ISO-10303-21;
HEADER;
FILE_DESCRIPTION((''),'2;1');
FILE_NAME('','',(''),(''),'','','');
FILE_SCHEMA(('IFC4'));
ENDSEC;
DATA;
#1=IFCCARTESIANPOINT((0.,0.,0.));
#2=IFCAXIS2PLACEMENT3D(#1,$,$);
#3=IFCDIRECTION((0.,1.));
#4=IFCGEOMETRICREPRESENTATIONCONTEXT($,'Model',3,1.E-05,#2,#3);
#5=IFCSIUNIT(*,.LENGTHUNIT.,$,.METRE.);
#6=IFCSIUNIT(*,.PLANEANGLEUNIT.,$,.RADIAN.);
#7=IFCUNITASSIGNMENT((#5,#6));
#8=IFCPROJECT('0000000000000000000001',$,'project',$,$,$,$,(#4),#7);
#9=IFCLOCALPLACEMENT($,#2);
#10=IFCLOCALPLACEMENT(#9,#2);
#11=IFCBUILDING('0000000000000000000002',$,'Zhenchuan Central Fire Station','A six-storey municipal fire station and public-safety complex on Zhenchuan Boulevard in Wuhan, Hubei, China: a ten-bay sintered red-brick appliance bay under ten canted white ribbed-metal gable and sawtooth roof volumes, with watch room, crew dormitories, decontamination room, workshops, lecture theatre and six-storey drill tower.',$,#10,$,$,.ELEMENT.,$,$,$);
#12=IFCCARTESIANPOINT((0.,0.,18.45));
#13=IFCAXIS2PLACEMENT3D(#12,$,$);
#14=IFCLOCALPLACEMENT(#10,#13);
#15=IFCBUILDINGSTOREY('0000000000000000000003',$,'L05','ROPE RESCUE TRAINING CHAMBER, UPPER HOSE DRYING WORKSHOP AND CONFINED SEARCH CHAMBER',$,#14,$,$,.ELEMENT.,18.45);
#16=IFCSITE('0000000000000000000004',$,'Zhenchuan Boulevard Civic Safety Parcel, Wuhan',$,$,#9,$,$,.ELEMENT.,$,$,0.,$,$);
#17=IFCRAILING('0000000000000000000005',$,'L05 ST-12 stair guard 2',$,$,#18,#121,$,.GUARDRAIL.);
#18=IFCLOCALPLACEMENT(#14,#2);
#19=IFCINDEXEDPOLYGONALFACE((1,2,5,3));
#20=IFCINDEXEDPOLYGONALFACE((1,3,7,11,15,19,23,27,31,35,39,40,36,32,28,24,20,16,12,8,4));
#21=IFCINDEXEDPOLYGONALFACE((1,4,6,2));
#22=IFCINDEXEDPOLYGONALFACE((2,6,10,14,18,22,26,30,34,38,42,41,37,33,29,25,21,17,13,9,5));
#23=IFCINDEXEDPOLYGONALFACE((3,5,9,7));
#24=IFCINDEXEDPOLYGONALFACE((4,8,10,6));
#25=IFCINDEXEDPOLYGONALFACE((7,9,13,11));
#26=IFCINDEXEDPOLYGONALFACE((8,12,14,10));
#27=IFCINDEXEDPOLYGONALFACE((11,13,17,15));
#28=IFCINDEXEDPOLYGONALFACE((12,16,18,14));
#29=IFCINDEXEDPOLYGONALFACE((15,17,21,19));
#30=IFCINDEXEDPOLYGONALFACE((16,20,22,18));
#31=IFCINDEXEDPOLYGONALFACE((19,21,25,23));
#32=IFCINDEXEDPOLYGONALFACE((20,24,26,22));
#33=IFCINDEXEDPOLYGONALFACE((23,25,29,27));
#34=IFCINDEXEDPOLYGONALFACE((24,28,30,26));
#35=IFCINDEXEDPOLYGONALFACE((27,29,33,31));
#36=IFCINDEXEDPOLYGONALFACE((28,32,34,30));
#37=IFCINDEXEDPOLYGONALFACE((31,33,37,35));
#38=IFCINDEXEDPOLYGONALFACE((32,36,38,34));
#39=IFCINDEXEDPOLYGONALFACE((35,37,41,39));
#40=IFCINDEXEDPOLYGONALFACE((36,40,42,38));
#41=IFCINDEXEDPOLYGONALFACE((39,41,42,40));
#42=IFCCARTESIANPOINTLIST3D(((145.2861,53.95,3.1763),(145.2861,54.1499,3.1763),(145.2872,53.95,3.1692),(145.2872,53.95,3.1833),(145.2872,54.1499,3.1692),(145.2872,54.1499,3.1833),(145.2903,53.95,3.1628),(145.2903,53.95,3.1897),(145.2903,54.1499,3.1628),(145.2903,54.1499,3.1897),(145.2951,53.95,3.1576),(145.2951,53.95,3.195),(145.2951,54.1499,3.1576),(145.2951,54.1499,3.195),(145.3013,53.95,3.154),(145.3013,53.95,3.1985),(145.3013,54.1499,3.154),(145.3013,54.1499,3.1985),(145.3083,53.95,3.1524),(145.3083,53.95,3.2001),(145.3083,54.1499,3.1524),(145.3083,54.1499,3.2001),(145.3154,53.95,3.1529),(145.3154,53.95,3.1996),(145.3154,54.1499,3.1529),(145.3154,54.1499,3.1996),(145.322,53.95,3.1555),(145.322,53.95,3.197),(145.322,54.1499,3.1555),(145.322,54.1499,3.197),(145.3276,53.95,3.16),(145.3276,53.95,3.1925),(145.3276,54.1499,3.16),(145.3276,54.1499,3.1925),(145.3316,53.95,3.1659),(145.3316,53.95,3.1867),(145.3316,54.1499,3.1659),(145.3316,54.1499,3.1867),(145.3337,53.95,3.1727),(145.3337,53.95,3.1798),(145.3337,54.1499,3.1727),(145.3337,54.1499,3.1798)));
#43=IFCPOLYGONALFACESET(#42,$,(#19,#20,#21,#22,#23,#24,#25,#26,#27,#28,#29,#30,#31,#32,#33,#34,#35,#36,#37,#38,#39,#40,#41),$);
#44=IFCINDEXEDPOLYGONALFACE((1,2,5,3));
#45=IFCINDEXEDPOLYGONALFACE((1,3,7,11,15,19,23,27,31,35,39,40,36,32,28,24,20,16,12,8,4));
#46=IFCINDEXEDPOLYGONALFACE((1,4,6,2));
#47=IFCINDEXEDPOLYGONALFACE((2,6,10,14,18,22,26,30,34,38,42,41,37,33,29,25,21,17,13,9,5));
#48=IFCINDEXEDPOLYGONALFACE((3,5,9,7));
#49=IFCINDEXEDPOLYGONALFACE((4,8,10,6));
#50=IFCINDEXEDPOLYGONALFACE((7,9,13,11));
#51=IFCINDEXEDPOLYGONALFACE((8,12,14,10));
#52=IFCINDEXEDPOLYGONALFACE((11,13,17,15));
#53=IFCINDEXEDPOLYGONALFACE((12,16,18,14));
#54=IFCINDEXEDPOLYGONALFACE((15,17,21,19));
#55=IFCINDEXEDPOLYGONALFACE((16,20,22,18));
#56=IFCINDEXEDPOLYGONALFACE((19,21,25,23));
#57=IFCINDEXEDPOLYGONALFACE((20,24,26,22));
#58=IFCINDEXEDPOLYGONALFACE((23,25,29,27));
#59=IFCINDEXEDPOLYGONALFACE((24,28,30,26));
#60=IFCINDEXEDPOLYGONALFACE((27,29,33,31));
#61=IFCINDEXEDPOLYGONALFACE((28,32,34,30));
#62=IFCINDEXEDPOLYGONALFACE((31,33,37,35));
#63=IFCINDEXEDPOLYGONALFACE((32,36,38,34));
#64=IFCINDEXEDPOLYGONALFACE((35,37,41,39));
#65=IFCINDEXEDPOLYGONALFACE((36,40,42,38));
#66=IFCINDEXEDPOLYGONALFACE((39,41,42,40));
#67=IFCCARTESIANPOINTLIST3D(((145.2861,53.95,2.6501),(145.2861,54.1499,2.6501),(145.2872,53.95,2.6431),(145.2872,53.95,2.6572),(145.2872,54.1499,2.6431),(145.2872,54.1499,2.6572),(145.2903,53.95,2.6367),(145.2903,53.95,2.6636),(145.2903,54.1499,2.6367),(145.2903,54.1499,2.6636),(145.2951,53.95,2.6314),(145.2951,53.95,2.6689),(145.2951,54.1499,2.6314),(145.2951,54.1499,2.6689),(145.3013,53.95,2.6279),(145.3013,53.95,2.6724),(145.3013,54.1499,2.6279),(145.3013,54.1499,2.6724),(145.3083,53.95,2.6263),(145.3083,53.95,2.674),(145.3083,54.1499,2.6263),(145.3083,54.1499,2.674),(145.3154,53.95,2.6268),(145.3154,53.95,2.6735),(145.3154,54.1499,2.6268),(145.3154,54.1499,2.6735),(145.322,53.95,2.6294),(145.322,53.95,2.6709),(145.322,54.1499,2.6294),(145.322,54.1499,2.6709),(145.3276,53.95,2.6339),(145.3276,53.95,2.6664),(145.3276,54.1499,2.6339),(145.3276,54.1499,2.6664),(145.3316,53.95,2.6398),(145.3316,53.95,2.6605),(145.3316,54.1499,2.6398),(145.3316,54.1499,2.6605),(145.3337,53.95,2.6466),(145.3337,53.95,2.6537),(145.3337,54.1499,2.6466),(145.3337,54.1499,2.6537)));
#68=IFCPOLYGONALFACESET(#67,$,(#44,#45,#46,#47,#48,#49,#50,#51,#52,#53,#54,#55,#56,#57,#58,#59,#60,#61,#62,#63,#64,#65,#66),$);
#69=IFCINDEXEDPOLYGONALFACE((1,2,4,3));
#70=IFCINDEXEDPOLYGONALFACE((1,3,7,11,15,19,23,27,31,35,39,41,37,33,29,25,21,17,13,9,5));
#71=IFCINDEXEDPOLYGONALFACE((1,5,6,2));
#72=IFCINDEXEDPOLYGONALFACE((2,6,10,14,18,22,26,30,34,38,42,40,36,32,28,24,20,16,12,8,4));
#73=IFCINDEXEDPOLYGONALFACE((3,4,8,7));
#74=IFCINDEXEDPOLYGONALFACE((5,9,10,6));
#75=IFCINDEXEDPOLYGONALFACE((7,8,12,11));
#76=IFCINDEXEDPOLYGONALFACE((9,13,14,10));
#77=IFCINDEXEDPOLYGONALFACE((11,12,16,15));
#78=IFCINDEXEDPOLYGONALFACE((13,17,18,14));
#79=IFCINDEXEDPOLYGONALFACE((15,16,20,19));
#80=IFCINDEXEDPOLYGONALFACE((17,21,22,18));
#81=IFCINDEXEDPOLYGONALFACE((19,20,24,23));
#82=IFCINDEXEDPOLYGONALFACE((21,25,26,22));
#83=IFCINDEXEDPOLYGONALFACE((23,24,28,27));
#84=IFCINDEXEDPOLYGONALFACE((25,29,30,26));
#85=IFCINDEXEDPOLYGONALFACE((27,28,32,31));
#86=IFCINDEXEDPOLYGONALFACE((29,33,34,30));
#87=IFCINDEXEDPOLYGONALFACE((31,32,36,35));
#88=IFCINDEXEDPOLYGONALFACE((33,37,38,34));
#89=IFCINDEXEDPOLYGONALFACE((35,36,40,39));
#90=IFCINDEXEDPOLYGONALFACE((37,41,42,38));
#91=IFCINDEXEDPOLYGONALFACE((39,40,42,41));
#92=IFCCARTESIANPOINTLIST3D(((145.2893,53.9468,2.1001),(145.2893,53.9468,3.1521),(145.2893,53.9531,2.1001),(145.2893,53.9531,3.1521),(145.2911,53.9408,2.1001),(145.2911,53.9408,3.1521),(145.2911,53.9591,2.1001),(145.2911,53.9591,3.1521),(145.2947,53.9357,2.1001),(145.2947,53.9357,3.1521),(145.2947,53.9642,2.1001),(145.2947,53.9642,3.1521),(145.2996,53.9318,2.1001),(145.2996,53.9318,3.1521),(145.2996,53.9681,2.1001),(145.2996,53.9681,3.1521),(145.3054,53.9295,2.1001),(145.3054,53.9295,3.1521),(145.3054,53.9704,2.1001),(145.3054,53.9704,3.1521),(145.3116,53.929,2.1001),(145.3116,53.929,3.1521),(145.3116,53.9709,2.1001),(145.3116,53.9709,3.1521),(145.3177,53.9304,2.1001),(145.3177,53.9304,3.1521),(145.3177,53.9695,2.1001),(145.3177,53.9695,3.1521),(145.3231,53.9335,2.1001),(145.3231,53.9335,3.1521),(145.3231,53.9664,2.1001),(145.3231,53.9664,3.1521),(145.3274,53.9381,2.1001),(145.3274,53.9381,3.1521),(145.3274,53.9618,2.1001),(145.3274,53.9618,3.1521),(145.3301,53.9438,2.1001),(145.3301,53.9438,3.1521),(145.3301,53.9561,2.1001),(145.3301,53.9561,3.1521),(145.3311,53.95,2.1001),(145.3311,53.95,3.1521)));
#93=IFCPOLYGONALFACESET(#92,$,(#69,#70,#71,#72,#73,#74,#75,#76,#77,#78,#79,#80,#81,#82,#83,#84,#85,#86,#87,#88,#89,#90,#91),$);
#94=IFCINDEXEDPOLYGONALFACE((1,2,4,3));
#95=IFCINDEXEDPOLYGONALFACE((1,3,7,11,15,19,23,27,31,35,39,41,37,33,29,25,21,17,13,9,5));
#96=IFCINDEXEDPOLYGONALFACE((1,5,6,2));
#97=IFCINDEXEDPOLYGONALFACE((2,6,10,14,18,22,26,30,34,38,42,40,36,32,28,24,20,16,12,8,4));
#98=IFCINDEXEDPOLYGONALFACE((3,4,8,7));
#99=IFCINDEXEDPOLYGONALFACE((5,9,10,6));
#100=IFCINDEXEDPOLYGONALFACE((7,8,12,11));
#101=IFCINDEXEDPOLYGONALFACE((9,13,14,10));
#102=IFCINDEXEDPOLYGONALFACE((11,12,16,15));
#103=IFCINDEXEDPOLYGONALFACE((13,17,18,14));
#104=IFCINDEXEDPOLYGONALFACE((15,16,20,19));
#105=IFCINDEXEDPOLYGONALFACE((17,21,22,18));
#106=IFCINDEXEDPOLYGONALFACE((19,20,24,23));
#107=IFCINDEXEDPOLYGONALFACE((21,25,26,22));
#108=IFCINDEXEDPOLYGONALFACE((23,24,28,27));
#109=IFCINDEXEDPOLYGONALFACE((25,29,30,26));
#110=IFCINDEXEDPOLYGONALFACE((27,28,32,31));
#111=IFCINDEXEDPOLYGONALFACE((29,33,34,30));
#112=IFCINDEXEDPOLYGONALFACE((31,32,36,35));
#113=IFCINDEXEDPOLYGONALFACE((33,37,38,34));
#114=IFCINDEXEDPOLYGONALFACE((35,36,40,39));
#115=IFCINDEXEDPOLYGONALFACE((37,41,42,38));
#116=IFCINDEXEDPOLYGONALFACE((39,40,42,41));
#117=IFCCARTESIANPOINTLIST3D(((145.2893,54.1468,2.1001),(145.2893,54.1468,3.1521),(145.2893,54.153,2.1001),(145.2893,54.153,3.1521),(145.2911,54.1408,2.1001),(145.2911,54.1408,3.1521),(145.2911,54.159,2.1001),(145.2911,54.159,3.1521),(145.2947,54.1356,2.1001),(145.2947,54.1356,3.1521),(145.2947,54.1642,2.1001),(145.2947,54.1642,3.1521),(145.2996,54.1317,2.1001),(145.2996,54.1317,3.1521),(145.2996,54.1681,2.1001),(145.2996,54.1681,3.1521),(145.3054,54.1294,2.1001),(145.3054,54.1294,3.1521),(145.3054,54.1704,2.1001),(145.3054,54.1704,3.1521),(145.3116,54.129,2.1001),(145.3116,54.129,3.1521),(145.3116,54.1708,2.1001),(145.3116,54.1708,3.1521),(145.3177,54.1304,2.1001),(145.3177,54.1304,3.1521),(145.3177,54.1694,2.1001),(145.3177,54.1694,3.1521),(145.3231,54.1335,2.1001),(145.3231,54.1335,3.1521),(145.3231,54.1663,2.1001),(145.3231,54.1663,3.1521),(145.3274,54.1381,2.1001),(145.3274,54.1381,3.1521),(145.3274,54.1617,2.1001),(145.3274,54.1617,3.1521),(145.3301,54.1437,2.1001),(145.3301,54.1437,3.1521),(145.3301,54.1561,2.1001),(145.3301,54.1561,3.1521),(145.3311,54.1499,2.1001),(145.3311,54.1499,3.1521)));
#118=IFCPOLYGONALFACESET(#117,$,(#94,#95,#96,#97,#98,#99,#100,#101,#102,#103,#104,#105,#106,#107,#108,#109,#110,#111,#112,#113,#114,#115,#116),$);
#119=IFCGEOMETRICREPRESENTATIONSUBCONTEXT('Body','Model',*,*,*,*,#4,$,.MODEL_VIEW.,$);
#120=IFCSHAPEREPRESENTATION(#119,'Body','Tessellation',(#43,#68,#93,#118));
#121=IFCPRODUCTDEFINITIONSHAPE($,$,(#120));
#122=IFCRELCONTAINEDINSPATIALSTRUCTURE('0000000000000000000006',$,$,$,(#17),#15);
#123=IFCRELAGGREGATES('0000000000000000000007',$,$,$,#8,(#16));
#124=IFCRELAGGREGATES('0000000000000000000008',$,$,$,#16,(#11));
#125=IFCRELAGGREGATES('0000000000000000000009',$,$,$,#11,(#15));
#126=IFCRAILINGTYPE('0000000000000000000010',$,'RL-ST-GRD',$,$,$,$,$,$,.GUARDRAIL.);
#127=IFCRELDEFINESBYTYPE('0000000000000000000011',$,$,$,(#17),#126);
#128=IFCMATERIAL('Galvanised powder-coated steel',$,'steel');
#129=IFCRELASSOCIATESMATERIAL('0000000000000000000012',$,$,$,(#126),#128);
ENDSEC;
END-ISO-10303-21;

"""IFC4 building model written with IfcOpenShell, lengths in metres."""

from ifc_helpers import new_model, si_unit, direction, frame, origin, origin_2d, place, context, subcontext, project, spatial, circle, extrude, material, type_object, element, save


model = new_model("IFC4")

# Units and contexts
model_context = context("Model", 3, precision=1e-05, world=origin(), true_north=direction((0.0, 1.0)))
body_context = subcontext(model_context, "Body", "Model", "MODEL_VIEW")
ifc_project = project(units=[si_unit("LENGTHUNIT", "METRE"), si_unit("PLANEANGLEUNIT", "RADIAN")], contexts=[model_context])

# Site, building, storey
site_placement = place(None, origin())
site = spatial("IfcSite", under=ifc_project, at=site_placement, Name="Zhenchuan Boulevard Civic Safety Parcel, Wuhan", CompositionType="ELEMENT", RefElevation=0.0)
building_placement = place(site_placement, origin())
building = spatial("IfcBuilding", under=site, at=building_placement, Name="Zhenchuan Central Fire Station", Description="A six-storey municipal fire station and public-safety complex on Zhenchuan Boulevard in Wuhan, Hubei, China: a ten-bay sintered red-brick appliance bay under ten canted white ribbed-metal gable and sawtooth roof volumes, with watch room, crew dormitories, decontamination room, workshops, lecture theatre and six-storey drill tower.", CompositionType="ELEMENT")
storey_placement = place(building_placement, frame((0.0, 0.0, 18.45)))
storey = spatial("IfcBuildingStorey", under=building, at=storey_placement, Name="L05", Description="ROPE RESCUE TRAINING CHAMBER, UPPER HOSE DRYING WORKSHOP AND CONFINED SEARCH CHAMBER", CompositionType="ELEMENT", Elevation=18.45)

# Railing
ifc_material_1 = material(Name="Galvanised powder-coated steel", Category="steel")
railing_type_1 = type_object("IfcRailingType", Name="RL-ST-GRD", PredefinedType="GUARDRAIL", material=ifc_material_1)
railing_1_placement = place(storey_placement, frame((145.3101, 53.95, 2.1001)))
element("IfcRailing", 1, at=railing_1_placement, inside=storey, type_object=railing_type_1, Name="L05 ST-12 stair guard 2", PredefinedType="GUARDRAIL", context=body_context, shape_type="SweptSolid", body=[
    extrude(circle(Radius=0.0239, at=origin_2d()), frame((0.0, 0.0, 1.0762), z_axis=(0.0, 1.0, 0.0), x_axis=(-1.0, 0.0, 0.0)), (0.0, 0.0, 1.0), 0.2),
    extrude(circle(Radius=0.0239, at=origin_2d()), frame((0.0, 0.0, 0.55), z_axis=(0.0, 1.0, 0.0), x_axis=(-1.0, 0.0, 0.0)), (0.0, 0.0, 1.0), 0.2),
    extrude(circle(Radius=0.021, at=origin_2d()), origin(), (0.0, 0.0, 1.0), 1.052),
    extrude(circle(Radius=0.021, at=origin_2d()), frame((0.0, 0.2, 0.0)), (0.0, 0.0, 1.0), 1.052),
])

save(model, "model.ifc")
